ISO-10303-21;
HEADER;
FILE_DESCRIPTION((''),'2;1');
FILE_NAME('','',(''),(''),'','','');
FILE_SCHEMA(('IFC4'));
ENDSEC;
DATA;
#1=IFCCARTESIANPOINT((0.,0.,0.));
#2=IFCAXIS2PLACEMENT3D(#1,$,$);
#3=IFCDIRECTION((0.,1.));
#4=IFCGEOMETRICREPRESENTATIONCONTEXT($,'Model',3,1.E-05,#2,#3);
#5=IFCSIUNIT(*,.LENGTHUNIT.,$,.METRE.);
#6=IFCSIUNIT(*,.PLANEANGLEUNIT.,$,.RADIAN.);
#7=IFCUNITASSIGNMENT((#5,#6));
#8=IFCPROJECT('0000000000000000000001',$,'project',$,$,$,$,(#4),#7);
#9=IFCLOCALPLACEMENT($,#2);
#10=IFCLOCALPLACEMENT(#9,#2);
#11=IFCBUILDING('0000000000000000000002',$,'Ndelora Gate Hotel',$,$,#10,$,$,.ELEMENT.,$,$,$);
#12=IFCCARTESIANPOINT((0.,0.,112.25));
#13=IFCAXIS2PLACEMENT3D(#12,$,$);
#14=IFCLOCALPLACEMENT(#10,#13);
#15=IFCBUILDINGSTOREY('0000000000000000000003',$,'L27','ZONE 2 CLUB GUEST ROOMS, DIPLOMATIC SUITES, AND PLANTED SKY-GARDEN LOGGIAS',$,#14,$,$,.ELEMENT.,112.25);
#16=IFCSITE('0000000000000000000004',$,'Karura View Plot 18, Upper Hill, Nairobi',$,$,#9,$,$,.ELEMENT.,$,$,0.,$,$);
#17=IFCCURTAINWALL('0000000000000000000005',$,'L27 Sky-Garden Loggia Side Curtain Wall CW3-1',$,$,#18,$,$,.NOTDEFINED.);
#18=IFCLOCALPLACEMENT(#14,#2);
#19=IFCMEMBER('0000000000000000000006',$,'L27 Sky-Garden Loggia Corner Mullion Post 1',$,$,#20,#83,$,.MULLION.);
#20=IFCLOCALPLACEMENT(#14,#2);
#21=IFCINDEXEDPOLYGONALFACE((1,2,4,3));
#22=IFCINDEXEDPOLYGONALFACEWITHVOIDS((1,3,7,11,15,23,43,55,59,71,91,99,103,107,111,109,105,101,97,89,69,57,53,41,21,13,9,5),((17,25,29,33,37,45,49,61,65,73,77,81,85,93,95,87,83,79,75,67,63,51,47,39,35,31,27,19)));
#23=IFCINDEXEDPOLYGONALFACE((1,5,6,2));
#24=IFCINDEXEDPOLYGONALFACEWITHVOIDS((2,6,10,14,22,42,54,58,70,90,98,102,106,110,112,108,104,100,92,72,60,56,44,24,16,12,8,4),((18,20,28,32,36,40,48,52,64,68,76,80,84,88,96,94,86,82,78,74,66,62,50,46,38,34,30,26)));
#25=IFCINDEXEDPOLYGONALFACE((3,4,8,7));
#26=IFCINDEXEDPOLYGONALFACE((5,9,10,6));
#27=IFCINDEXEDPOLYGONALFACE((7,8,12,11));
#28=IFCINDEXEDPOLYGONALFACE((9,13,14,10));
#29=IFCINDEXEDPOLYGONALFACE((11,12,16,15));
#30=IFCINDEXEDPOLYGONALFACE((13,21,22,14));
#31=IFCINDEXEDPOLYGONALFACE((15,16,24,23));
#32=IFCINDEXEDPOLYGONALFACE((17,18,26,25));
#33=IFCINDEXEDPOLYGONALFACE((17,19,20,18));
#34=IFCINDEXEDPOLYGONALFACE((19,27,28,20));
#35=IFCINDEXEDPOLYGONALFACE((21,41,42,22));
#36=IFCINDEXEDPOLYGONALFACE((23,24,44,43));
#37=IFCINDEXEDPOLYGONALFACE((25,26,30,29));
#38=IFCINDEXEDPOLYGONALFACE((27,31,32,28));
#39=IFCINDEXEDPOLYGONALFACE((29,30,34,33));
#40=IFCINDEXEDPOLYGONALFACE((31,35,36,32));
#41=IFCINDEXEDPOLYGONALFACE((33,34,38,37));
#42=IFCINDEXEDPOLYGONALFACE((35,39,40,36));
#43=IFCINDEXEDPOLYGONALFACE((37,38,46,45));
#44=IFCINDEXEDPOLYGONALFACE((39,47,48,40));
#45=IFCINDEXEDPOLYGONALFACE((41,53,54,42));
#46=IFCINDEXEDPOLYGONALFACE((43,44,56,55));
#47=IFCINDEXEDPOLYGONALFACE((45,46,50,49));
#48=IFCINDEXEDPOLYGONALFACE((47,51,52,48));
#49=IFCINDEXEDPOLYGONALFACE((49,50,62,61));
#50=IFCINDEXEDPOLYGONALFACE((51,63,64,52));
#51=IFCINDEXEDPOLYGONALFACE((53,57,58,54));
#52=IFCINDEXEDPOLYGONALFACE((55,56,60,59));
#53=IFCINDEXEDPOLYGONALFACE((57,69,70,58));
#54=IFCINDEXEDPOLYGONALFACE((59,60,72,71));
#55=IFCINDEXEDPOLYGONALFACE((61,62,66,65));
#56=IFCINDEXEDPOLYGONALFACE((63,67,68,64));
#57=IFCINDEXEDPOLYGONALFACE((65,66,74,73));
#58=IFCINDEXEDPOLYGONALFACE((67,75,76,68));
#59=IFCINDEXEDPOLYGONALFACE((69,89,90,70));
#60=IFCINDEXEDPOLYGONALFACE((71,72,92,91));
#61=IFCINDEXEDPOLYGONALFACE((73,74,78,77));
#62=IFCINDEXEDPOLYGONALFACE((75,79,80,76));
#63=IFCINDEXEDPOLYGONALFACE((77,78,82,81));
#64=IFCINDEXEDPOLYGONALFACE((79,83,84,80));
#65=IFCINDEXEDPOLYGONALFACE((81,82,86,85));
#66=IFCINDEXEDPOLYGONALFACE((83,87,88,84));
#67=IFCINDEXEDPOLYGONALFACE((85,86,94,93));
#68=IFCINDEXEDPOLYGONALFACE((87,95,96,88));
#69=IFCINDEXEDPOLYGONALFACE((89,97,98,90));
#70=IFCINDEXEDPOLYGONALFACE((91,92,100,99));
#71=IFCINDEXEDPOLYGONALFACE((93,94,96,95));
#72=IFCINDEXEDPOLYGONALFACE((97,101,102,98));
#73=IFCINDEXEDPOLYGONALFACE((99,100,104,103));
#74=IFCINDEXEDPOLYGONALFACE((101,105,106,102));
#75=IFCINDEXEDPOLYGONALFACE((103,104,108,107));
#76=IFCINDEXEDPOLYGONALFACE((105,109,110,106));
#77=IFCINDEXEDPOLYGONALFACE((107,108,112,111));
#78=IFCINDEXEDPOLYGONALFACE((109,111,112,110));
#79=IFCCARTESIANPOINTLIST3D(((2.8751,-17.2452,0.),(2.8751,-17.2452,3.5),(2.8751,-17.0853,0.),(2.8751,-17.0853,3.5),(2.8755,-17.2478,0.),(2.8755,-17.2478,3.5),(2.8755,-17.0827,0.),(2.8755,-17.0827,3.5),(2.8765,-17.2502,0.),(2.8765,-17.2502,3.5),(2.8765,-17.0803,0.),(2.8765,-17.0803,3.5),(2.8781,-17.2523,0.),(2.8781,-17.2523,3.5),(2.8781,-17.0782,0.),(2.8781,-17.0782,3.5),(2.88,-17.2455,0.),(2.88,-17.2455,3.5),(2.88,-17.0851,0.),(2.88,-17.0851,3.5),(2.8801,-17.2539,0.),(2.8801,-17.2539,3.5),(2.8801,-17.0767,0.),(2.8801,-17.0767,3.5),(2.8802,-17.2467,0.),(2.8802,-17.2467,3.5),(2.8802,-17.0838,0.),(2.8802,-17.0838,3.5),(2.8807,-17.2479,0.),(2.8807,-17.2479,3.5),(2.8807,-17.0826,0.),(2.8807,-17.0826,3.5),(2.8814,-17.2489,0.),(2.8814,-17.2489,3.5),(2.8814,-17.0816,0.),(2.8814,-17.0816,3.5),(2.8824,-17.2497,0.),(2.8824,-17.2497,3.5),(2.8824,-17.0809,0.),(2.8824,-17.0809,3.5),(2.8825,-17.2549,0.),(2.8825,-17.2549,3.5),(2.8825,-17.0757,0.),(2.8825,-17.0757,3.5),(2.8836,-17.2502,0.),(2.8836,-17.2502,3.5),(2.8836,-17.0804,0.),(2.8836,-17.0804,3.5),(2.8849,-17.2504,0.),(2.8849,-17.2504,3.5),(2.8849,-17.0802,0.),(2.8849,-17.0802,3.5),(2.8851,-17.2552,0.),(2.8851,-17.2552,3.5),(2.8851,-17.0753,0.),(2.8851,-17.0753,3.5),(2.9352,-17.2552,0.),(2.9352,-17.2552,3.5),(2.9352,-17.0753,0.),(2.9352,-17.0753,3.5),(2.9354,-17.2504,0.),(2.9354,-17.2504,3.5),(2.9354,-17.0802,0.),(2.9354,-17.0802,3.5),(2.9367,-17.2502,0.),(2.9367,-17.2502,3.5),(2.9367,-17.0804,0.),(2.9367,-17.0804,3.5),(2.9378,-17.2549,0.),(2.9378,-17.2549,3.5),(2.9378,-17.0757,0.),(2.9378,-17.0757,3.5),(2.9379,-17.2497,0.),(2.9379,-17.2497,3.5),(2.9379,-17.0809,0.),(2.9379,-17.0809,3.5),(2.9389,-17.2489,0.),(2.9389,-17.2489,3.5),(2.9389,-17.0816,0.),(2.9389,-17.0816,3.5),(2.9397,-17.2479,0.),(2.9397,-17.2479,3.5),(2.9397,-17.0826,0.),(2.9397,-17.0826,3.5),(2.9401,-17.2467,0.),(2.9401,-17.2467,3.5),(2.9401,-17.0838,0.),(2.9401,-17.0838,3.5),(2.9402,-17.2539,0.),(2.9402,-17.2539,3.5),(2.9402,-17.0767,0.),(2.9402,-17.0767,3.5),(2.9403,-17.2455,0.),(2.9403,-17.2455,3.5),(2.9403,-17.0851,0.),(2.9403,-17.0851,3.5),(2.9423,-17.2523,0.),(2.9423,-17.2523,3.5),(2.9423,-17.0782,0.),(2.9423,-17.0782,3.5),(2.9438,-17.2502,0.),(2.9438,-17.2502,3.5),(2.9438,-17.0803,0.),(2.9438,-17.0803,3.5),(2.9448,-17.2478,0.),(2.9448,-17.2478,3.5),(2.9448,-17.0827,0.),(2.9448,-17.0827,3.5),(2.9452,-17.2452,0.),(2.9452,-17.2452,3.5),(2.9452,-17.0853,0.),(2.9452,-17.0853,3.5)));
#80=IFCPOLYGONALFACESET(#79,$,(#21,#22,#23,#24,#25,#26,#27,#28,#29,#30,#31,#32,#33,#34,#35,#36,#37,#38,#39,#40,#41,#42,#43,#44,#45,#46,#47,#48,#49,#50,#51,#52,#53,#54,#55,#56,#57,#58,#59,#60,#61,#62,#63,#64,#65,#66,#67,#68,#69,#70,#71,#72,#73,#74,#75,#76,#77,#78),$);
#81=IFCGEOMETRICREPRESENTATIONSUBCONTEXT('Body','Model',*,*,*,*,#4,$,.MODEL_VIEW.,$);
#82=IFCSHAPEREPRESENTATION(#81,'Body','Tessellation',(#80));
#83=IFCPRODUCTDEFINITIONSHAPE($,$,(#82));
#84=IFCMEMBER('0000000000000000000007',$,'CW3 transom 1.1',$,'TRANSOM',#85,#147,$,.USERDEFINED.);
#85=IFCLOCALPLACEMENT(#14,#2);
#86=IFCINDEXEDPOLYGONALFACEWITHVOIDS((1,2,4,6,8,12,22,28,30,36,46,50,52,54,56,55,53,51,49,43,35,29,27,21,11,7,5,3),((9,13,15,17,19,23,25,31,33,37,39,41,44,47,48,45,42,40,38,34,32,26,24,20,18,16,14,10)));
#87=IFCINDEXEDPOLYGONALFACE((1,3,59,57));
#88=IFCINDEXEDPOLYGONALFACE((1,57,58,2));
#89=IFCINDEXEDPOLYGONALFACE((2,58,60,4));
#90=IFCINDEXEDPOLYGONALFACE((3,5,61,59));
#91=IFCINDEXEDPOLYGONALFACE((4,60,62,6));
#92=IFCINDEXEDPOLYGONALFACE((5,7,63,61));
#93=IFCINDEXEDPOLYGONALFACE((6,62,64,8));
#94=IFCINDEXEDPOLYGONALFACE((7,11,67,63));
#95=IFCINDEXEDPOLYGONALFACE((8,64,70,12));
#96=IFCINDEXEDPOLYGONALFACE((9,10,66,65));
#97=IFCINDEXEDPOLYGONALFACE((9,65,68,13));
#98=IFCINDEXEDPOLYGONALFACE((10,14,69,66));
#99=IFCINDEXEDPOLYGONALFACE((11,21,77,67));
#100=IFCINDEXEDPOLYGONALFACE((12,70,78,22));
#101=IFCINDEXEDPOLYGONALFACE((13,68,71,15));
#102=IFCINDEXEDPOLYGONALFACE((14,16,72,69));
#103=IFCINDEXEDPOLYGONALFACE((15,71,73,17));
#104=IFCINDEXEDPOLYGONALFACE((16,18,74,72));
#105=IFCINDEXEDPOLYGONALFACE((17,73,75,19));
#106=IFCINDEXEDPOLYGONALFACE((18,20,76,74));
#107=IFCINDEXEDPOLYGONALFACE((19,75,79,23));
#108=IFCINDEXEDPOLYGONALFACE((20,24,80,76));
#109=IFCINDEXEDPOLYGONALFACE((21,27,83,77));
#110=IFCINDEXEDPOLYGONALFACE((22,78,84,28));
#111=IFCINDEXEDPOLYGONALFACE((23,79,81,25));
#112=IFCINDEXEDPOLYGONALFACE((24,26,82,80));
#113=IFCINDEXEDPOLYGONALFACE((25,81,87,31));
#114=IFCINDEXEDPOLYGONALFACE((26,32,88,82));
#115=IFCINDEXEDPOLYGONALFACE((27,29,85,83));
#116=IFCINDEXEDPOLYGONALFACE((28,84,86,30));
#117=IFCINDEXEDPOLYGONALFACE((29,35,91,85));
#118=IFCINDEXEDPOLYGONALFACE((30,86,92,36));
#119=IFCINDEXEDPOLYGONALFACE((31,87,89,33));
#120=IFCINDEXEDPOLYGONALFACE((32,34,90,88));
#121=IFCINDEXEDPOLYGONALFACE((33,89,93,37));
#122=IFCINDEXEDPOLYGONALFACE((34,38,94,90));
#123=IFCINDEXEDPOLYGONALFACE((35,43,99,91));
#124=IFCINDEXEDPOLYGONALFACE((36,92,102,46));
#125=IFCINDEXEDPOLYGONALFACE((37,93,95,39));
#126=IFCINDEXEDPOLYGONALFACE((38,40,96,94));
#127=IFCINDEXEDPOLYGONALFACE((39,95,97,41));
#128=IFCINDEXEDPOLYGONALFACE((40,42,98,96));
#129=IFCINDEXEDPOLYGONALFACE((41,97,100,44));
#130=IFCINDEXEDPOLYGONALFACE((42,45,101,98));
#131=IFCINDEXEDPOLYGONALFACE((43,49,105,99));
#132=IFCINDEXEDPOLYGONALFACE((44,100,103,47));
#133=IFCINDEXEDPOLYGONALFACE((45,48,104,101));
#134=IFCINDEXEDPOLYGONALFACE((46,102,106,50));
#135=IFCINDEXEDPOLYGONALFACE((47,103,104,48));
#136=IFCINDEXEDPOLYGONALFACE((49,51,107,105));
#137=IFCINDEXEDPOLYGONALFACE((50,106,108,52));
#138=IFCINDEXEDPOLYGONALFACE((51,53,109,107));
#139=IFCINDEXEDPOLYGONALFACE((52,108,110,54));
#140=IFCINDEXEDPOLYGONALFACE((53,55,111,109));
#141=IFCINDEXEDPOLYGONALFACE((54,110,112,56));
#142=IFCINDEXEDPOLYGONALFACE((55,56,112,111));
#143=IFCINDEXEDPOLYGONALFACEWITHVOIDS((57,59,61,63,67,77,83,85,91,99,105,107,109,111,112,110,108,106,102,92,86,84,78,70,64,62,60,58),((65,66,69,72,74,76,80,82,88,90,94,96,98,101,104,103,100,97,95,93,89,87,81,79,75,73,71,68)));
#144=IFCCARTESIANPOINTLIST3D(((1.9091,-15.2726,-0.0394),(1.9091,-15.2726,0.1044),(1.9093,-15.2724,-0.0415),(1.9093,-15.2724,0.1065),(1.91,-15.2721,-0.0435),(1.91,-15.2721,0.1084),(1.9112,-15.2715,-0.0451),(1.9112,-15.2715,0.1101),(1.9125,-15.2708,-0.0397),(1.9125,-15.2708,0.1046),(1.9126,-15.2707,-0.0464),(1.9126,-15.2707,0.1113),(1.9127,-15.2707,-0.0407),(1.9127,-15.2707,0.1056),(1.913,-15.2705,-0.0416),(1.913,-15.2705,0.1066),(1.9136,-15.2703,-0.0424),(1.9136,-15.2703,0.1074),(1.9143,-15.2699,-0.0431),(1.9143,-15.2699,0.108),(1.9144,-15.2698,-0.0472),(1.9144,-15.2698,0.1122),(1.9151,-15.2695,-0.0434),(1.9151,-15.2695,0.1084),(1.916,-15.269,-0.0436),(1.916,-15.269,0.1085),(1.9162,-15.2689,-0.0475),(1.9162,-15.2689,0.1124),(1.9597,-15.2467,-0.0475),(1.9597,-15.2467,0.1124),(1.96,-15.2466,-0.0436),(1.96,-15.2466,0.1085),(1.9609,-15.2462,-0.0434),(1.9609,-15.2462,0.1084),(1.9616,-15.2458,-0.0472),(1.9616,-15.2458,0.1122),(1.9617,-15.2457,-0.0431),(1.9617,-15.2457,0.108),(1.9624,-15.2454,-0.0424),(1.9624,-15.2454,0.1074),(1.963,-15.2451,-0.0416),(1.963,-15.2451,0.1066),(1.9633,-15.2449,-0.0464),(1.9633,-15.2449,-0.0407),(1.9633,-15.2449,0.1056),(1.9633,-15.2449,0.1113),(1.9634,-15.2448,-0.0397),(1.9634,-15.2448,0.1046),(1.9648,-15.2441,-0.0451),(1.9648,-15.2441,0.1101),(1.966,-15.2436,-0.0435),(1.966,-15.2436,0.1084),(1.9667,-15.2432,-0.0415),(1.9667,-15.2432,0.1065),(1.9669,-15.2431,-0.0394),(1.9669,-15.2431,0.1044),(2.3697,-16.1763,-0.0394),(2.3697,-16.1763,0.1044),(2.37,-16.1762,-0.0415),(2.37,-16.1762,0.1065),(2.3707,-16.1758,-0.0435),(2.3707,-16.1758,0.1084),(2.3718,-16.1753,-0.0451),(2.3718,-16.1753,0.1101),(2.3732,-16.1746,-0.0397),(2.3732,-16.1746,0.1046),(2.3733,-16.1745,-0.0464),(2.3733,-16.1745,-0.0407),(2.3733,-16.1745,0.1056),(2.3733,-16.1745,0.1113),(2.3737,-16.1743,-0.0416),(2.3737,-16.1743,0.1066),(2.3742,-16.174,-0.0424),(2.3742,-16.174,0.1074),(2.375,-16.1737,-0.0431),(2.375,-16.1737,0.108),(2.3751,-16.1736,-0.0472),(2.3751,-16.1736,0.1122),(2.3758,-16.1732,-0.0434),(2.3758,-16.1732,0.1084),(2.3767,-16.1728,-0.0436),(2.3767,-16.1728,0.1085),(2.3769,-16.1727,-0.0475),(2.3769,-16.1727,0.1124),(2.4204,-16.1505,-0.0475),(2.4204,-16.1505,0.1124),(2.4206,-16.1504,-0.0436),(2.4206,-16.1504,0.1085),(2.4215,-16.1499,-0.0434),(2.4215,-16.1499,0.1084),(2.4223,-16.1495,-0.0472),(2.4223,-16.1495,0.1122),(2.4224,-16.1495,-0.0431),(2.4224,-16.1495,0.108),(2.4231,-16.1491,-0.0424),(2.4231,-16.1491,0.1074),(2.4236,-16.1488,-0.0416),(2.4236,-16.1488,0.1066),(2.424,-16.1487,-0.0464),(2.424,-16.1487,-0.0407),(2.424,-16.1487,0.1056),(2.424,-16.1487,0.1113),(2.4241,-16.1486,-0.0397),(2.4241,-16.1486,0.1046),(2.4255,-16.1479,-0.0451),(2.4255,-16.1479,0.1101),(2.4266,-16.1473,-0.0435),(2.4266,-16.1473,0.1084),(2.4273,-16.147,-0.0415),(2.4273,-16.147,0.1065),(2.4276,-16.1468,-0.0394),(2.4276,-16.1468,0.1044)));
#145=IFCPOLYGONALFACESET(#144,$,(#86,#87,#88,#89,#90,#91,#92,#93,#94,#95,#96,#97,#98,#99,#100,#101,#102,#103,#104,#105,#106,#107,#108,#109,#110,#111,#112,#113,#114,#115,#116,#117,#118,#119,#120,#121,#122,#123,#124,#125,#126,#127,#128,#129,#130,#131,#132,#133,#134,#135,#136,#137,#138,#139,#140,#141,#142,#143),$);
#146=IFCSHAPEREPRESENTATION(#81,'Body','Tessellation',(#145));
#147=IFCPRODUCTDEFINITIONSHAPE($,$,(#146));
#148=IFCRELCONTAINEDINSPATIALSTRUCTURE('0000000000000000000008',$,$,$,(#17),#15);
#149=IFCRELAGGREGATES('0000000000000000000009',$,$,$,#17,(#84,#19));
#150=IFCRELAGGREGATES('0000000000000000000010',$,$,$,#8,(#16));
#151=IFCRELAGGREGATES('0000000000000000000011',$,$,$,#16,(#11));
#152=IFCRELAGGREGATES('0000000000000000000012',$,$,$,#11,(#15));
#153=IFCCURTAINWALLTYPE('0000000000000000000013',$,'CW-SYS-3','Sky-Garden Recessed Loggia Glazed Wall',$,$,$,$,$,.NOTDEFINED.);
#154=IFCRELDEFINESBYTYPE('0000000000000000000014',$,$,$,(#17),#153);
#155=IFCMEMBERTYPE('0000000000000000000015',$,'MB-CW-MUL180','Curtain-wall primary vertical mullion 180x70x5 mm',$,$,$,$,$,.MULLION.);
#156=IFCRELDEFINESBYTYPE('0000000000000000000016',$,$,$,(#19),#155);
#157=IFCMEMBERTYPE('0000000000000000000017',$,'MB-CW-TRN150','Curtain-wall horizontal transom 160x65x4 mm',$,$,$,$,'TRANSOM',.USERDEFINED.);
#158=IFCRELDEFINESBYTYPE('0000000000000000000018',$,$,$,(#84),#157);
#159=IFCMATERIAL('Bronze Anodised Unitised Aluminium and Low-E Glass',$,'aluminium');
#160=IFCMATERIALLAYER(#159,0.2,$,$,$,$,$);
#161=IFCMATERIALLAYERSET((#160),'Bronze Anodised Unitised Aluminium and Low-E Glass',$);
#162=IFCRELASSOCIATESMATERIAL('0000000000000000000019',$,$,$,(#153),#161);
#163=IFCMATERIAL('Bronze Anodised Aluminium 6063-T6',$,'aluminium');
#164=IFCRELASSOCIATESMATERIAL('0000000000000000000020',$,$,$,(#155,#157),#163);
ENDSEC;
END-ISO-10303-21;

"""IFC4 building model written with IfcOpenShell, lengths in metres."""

from ifc_helpers import new_model, si_unit, direction, frame, origin, origin_2d, place, context, subcontext, project, spatial, hollow_rectangle, extrude, material, layer, layer_set, material_profile, profile_set, type_object, element, aggregate, save


model = new_model("IFC4")

# Units and contexts
model_context = context("Model", 3, precision=1e-05, world=origin(), true_north=direction((0.0, 1.0)))
body_context = subcontext(model_context, "Body", "Model", "MODEL_VIEW")
ifc_project = project(units=[si_unit("LENGTHUNIT", "METRE"), si_unit("PLANEANGLEUNIT", "RADIAN")], contexts=[model_context])

# Site, building, storey
site_placement = place(None, origin())
site = spatial("IfcSite", under=ifc_project, at=site_placement, Name="Karura View Plot 18, Upper Hill, Nairobi", CompositionType="ELEMENT", RefElevation=0.0)
building_placement = place(site_placement, origin())
building = spatial("IfcBuilding", under=site, at=building_placement, Name="Ndelora Gate Hotel", CompositionType="ELEMENT")
storey_placement = place(building_placement, frame((0.0, 0.0, 112.25)))
storey = spatial("IfcBuildingStorey", under=building, at=storey_placement, Name="L27", Description="ZONE 2 CLUB GUEST ROOMS, DIPLOMATIC SUITES, AND PLANTED SKY-GARDEN LOGGIAS", CompositionType="ELEMENT", Elevation=112.25)

# Curtain wall, members
ifc_material_1 = material(Name="Bronze Anodised Unitised Aluminium and Low-E Glass", Category="aluminium")
ifc_layer_1 = layer(ifc_material_1, 0.2)
ifc_layer_set_1 = layer_set([ifc_layer_1], Name="Bronze Anodised Unitised Aluminium and Low-E Glass")
curtain_wall_type = type_object("IfcCurtainWallType", Name="CW-SYS-3", Description="Sky-Garden Recessed Loggia Glazed Wall", PredefinedType="NOTDEFINED", material=ifc_layer_set_1)
curtain_wall_placement = place(storey_placement, origin())
curtain_wall = element("IfcCurtainWall", 1, at=curtain_wall_placement, inside=storey, type_object=curtain_wall_type, Name="L27 Sky-Garden Loggia Side Curtain Wall CW3-1", PredefinedType="NOTDEFINED")
ifc_material_2 = material(Name="Bronze Anodised Aluminium 6063-T6", Category="aluminium")
ifc_material_profile_1 = material_profile(ifc_material_2, hollow_rectangle(XDim=0.0701, YDim=0.1799, WallThickness=0.0049, InnerFilletRadius=0.0049, OuterFilletRadius=0.01, at=origin_2d()), Name="ALU 180x70x5")
ifc_profile_set_1 = profile_set([ifc_material_profile_1], Name="Bronze Anodised Aluminium 6063-T6")
member_type_1 = type_object("IfcMemberType", Name="MB-CW-MUL180", Description="Curtain-wall primary vertical mullion 180x70x5 mm", PredefinedType="MULLION", material=ifc_profile_set_1)
member_1_placement = place(storey_placement, frame((2.9102, -17.1653, 0.0), z_axis=(0.0, 0.0, 1.0), x_axis=(1.0, 0.0, 0.0)))
member_1 = element("IfcMember", 2, at=member_1_placement, type_object=member_type_1, Name="L27 Sky-Garden Loggia Corner Mullion Post 1", PredefinedType="MULLION", context=body_context, shape_type="SweptSolid", body=[
    extrude(hollow_rectangle(XDim=0.0701, YDim=0.1799, WallThickness=0.0049, InnerFilletRadius=0.0049, OuterFilletRadius=0.01, at=origin_2d()), origin(), (0.0, 0.0, 1.0), 3.5),
])
ifc_material_profile_2 = material_profile(ifc_material_2, hollow_rectangle(XDim=0.0649, YDim=0.1599, WallThickness=0.0039, InnerFilletRadius=0.0039, OuterFilletRadius=0.0081, at=origin_2d()), Name="ALU 160x65x4")
ifc_profile_set_2 = profile_set([ifc_material_profile_2], Name="Bronze Anodised Aluminium 6063-T6")
member_type_2 = type_object("IfcMemberType", Name="MB-CW-TRN150", Description="Curtain-wall horizontal transom 160x65x4 mm", ElementType="TRANSOM", PredefinedType="USERDEFINED", material=ifc_profile_set_2)
member_2_placement = place(storey_placement, frame((1.938, -15.2578, 0.0325), z_axis=(0.454131, -0.890935, 0.0), x_axis=(0.890935, 0.454131, 0.0)))
member_2 = element("IfcMember", 3, at=member_2_placement, type_object=member_type_2, Name="CW3 transom 1.1", ObjectType="TRANSOM", PredefinedType="USERDEFINED", context=body_context, shape_type="SweptSolid", body=[
    extrude(hollow_rectangle(XDim=0.0649, YDim=0.1599, WallThickness=0.0039, InnerFilletRadius=0.0039, OuterFilletRadius=0.0081, at=origin_2d()), origin(), (0.0, 0.0, 1.0), 1.0144),
])
aggregate(curtain_wall, [member_2, member_1])

save(model, "model.ifc")
